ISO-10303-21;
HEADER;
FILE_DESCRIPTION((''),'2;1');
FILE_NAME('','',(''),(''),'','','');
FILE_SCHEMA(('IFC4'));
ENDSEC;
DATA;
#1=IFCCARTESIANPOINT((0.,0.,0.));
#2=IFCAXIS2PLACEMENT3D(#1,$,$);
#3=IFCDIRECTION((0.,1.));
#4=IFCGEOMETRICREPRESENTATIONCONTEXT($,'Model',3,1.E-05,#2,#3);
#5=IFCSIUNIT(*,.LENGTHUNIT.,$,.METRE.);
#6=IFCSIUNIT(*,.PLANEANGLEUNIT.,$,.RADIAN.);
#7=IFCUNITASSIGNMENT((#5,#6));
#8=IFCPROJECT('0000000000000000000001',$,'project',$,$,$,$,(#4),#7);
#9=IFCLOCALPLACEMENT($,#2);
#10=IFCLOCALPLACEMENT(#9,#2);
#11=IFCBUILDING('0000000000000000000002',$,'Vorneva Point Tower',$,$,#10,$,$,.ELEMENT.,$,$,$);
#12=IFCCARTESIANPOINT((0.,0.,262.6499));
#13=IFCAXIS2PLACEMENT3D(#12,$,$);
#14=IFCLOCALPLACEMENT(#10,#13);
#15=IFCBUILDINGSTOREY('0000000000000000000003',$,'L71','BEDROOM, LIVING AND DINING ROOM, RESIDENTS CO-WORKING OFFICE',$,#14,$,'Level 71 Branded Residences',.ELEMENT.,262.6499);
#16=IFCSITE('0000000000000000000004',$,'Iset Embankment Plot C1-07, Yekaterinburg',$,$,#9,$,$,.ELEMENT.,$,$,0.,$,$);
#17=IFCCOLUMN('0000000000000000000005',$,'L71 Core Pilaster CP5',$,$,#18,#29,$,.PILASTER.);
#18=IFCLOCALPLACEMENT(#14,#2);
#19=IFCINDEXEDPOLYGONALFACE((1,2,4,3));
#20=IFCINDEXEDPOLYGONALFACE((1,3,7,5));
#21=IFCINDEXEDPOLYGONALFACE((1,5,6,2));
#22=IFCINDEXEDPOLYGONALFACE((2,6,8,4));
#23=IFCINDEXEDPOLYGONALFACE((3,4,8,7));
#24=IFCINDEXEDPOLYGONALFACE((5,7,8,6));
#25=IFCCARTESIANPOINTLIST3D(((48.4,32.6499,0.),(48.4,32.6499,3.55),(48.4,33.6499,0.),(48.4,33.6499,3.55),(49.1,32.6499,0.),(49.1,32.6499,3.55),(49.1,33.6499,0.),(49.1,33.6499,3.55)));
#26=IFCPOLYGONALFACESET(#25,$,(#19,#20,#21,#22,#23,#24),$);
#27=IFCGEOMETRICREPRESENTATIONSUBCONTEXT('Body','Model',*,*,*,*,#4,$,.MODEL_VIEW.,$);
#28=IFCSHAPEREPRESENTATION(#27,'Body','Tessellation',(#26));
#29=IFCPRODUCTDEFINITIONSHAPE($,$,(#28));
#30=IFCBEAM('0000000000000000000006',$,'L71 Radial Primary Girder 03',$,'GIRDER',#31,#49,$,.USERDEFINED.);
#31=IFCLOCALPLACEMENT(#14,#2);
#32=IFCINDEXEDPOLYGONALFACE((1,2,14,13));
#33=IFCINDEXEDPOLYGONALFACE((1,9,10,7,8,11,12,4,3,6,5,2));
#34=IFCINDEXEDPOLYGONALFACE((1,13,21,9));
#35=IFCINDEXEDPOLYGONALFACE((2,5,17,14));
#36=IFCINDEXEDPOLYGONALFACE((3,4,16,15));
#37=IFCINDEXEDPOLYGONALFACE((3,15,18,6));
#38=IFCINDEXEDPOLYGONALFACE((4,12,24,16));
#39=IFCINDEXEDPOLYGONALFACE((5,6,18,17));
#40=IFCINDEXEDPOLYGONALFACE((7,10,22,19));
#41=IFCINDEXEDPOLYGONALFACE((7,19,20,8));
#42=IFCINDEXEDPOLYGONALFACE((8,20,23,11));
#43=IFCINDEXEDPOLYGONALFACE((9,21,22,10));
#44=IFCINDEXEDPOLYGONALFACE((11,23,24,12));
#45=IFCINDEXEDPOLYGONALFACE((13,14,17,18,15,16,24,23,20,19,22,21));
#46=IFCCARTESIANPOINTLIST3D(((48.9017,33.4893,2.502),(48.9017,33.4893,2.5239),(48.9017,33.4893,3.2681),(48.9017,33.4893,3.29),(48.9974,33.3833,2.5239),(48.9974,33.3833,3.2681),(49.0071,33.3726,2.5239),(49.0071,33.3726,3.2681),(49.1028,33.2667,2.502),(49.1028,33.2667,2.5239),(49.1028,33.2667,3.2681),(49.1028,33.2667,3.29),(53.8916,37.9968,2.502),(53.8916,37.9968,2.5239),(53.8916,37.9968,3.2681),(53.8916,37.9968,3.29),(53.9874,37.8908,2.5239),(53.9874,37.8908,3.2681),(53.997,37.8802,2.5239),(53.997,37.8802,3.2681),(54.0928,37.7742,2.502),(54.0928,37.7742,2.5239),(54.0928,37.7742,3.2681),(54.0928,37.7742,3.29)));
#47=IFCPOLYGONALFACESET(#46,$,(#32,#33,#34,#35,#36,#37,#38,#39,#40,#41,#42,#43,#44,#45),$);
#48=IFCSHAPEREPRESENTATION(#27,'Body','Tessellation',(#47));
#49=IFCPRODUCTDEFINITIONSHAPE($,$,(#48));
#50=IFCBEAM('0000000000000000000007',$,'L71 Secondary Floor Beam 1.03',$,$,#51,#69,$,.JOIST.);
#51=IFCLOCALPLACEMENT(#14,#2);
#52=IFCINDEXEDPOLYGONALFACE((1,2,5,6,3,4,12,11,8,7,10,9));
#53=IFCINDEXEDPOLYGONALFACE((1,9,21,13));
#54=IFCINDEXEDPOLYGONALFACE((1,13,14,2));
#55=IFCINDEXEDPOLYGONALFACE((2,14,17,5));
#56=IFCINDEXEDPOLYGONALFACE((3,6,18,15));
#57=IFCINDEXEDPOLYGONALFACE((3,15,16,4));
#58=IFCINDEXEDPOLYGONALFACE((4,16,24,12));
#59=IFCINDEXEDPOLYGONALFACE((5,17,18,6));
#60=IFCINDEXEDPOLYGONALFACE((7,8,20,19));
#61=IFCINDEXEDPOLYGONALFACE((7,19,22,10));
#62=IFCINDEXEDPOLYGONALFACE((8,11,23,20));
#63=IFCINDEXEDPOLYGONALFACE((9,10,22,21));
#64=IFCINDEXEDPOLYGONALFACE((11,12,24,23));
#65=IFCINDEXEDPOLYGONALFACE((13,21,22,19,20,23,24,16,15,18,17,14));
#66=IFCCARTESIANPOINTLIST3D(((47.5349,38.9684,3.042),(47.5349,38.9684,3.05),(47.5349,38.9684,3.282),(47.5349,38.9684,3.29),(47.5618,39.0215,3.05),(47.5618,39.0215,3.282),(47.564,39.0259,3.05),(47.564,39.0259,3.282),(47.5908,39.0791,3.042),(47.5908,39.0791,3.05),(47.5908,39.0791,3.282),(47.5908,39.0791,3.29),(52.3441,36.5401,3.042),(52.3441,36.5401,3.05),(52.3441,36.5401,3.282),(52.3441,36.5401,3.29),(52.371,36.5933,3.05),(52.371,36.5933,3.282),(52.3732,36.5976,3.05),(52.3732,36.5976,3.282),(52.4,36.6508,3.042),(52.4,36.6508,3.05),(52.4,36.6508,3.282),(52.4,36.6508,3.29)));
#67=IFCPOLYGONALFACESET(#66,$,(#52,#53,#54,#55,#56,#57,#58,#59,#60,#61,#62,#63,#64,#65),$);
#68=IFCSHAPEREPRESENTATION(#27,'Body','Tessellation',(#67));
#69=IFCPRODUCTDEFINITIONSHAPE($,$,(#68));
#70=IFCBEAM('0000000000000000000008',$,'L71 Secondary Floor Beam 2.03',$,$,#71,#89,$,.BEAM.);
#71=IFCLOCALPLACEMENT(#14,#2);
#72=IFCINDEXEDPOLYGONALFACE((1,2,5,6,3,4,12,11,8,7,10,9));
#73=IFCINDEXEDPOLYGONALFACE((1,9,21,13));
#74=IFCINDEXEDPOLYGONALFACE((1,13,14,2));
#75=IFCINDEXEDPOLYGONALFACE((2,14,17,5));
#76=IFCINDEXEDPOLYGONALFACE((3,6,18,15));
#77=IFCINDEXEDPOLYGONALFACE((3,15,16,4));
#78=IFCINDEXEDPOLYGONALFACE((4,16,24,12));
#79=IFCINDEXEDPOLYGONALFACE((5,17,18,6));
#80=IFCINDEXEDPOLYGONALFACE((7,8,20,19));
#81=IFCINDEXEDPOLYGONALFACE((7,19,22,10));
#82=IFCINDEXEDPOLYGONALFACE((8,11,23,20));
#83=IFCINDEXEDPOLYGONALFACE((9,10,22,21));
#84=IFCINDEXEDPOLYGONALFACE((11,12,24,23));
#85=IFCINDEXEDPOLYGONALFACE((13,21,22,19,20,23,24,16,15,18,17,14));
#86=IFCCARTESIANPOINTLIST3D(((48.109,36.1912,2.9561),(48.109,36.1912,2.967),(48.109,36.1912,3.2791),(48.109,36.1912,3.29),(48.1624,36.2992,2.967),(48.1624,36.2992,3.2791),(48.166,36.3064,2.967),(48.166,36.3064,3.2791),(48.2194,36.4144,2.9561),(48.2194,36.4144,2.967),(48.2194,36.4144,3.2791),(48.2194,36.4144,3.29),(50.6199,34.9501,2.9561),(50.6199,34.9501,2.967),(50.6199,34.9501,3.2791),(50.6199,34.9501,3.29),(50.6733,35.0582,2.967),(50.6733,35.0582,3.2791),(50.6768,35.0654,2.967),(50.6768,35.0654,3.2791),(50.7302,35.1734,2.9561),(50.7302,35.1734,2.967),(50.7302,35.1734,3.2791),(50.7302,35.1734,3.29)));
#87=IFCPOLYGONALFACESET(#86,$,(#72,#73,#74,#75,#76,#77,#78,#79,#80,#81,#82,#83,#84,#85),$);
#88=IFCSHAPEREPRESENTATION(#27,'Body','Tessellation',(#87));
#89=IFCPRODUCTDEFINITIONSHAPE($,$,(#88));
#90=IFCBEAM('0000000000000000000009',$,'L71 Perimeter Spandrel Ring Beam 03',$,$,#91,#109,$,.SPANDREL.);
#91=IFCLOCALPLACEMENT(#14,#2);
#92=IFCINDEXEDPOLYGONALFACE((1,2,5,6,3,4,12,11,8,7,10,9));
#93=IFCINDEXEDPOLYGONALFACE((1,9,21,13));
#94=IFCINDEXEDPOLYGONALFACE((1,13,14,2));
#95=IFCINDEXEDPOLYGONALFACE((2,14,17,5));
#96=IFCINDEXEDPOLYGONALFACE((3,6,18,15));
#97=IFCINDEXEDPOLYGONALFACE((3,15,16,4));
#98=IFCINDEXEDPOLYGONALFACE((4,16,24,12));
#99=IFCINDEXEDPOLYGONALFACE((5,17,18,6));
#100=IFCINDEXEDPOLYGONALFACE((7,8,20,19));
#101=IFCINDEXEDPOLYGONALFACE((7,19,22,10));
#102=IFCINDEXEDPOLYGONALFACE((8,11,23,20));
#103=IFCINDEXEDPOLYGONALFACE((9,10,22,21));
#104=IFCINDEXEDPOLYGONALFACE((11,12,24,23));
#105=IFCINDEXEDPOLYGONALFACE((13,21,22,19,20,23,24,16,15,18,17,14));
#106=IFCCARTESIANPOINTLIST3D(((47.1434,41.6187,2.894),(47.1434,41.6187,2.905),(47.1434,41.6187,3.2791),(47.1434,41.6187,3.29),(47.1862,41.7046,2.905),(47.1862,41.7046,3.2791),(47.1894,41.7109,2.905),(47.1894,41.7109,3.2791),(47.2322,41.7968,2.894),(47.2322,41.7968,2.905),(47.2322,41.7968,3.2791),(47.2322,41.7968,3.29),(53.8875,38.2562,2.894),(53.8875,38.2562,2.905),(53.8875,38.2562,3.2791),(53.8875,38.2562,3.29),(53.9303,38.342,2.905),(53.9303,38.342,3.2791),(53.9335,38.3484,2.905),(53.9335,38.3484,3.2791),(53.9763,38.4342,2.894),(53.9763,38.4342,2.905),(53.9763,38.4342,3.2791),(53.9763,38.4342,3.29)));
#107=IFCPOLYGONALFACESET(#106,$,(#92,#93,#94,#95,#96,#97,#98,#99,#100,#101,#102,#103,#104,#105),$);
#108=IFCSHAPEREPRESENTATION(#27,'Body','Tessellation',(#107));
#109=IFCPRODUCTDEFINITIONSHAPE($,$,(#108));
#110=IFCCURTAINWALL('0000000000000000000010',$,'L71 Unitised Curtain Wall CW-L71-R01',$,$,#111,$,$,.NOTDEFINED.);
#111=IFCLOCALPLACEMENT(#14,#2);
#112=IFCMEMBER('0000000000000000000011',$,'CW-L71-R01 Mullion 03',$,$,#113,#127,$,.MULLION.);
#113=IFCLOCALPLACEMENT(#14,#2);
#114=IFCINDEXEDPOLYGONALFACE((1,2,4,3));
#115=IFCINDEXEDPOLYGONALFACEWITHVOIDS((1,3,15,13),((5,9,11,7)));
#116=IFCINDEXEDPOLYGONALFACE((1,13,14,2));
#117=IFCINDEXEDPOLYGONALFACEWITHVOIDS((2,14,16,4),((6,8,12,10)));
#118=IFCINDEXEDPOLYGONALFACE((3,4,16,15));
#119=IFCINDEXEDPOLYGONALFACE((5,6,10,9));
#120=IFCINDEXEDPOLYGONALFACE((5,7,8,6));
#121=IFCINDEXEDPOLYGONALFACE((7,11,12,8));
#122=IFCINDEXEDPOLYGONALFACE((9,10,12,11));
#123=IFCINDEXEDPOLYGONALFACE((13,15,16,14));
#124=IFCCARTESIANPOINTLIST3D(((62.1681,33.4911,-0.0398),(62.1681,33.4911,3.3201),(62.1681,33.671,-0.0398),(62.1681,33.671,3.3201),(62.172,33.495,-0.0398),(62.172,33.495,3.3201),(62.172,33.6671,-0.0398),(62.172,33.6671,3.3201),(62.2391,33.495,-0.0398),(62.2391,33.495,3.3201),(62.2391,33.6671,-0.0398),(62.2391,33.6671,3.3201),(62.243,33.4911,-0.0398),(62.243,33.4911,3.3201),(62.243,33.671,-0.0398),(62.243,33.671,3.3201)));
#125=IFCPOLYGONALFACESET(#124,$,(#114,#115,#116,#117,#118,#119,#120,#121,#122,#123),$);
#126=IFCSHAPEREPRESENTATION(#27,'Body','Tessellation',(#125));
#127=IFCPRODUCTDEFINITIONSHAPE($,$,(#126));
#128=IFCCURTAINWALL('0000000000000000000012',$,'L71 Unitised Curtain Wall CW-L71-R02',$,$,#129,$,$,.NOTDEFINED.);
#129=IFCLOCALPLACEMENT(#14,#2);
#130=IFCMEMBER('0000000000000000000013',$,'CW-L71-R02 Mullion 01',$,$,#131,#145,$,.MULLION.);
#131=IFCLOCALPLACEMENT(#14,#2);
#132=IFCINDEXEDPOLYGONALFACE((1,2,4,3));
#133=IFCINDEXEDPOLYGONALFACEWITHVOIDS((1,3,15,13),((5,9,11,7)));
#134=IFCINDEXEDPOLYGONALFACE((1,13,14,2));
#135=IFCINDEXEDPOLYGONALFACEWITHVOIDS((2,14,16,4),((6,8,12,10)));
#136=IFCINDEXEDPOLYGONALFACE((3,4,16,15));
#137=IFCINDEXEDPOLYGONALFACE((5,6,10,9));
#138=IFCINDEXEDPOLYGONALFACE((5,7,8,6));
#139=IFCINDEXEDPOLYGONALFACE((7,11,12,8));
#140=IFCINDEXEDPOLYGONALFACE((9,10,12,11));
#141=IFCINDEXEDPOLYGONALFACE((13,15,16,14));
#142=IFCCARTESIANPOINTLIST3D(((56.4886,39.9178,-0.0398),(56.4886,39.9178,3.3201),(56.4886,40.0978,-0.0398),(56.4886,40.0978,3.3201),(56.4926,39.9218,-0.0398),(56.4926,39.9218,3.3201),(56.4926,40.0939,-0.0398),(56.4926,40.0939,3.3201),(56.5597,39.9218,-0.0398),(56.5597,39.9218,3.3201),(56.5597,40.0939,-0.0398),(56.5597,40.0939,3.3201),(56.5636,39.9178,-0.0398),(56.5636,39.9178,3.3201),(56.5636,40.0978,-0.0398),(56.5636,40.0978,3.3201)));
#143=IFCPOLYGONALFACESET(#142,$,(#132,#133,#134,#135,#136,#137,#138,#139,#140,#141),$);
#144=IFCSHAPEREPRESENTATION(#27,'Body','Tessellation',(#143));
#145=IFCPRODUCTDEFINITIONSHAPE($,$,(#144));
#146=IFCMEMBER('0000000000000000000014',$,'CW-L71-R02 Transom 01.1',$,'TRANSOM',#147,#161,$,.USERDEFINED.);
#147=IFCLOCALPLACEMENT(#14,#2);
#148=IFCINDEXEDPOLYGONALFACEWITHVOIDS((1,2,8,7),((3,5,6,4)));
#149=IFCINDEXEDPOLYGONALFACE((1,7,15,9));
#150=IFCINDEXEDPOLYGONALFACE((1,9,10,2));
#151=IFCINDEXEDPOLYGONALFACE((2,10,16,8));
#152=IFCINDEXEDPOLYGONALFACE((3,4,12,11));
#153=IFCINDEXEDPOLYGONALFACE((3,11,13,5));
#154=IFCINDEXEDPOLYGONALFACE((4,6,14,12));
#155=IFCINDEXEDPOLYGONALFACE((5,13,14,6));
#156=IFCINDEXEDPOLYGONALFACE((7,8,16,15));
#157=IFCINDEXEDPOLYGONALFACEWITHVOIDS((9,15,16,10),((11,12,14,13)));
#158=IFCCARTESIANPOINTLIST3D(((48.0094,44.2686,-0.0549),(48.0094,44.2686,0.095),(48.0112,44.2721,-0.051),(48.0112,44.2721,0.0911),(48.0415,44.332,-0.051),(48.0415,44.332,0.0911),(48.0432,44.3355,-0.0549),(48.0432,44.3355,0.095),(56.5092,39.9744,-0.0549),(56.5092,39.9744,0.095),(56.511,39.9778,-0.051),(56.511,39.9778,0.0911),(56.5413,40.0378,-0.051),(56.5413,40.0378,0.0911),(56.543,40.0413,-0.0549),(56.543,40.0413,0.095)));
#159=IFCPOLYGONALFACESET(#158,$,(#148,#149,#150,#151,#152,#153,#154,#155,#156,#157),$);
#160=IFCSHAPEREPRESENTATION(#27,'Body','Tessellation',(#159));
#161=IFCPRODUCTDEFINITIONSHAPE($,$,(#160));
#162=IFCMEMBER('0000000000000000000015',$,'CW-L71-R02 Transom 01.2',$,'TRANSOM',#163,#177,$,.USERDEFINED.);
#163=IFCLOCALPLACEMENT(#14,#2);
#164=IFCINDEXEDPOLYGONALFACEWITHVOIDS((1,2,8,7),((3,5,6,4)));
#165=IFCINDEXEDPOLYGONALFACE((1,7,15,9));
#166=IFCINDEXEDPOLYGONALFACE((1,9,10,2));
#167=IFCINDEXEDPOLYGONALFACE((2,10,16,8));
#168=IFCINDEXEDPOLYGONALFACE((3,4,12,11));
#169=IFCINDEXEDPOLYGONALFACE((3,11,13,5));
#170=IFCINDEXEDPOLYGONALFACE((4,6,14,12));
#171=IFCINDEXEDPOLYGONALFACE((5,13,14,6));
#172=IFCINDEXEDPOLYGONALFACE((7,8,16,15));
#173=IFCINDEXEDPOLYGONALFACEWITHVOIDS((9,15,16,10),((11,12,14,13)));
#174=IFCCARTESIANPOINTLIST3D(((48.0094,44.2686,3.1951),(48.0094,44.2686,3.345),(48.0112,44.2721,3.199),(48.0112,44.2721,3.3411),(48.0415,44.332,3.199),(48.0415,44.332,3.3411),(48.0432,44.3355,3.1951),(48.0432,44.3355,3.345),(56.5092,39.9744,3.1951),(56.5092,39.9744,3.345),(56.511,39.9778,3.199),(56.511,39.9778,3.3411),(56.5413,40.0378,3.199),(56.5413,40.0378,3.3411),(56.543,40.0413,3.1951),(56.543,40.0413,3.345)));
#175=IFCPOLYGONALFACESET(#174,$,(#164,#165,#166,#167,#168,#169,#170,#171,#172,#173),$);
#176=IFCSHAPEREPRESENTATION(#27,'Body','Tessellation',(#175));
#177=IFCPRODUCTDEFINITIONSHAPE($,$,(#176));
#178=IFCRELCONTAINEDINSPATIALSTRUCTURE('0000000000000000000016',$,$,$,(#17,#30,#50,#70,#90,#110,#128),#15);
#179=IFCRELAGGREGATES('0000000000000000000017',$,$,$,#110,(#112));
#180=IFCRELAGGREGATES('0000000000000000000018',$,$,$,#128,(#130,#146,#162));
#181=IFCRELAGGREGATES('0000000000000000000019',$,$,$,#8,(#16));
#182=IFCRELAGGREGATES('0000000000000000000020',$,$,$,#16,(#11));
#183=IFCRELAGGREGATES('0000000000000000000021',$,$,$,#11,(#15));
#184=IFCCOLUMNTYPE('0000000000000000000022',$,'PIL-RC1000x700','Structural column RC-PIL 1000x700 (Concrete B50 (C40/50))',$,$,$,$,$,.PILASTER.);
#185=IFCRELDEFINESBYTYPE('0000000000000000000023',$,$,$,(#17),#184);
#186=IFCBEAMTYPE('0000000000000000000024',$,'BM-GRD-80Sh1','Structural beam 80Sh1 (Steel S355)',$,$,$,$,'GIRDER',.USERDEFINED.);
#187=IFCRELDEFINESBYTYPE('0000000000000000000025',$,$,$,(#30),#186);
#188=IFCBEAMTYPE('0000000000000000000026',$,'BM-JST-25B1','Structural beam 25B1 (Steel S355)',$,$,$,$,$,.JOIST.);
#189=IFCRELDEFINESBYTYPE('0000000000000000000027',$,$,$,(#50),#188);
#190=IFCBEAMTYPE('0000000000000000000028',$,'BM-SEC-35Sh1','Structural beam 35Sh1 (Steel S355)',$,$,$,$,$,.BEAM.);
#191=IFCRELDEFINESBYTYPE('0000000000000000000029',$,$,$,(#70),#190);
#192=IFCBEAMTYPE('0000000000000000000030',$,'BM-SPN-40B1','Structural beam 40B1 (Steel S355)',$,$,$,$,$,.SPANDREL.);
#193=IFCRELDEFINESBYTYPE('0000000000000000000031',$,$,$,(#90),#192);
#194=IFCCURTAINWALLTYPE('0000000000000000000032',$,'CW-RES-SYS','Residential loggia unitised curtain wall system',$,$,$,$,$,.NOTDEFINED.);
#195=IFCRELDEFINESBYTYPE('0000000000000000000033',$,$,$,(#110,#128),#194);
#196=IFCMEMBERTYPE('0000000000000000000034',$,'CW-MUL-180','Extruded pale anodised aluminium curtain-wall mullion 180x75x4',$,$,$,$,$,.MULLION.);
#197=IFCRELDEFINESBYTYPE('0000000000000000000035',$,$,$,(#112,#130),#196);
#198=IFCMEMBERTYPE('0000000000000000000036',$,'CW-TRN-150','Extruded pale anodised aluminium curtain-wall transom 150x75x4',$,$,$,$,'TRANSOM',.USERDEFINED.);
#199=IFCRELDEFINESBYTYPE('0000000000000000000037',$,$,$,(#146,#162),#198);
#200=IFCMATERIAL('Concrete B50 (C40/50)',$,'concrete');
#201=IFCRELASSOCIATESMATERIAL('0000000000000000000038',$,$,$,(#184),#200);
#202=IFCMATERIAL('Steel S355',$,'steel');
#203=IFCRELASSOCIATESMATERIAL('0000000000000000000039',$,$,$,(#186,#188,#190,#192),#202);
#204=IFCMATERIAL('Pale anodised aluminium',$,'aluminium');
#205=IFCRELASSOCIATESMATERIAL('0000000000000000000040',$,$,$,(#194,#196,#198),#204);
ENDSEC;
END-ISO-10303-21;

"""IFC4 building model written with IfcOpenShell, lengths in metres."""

from ifc_helpers import new_model, si_unit, direction, frame, origin, origin_2d, place, context, subcontext, project, spatial, rectangle, hollow_rectangle, i_section, extrude, material, material_profile, profile_set, type_object, element, aggregate, save


model = new_model("IFC4")

# Units and contexts
model_context = context("Model", 3, precision=1e-05, world=origin(), true_north=direction((0.0, 1.0)))
body_context = subcontext(model_context, "Body", "Model", "MODEL_VIEW")
ifc_project = project(units=[si_unit("LENGTHUNIT", "METRE"), si_unit("PLANEANGLEUNIT", "RADIAN")], contexts=[model_context])

# Site, building, storey
site_placement = place(None, origin())
site = spatial("IfcSite", under=ifc_project, at=site_placement, Name="Iset Embankment Plot C1-07, Yekaterinburg", CompositionType="ELEMENT", RefElevation=0.0)
building_placement = place(site_placement, origin())
building = spatial("IfcBuilding", under=site, at=building_placement, Name="Vorneva Point Tower", CompositionType="ELEMENT")
storey_placement = place(building_placement, frame((0.0, 0.0, 262.6499)))
storey = spatial("IfcBuildingStorey", under=building, at=storey_placement, Name="L71", Description="BEDROOM, LIVING AND DINING ROOM, RESIDENTS CO-WORKING OFFICE", LongName="Level 71 Branded Residences", CompositionType="ELEMENT", Elevation=262.6499)

# Column
ifc_material_1 = material(Name="Concrete B50 (C40/50)", Category="concrete")
ifc_material_profile_1 = material_profile(ifc_material_1, rectangle(XDim=0.7, YDim=1.0, at=origin_2d()), Name="RC-PIL 1000x700")
ifc_profile_set_1 = profile_set([ifc_material_profile_1], Name="Concrete B50 (C40/50)")
column_type_1 = type_object("IfcColumnType", Name="PIL-RC1000x700", Description="Structural column RC-PIL 1000x700 (Concrete B50 (C40/50))", PredefinedType="PILASTER", material=ifc_profile_set_1)
column_1_placement = place(storey_placement, frame((48.75, 33.1499, 0.0), z_axis=(0.0, 0.0, 1.0), x_axis=(1.0, 0.0, 0.0)))
element("IfcColumn", 1, at=column_1_placement, inside=storey, type_object=column_type_1, Name="L71 Core Pilaster CP5", PredefinedType="PILASTER", context=body_context, shape_type="SweptSolid", body=[
    extrude(rectangle(XDim=0.7, YDim=1.0, at=origin_2d()), origin(), (0.0, 0.0, 1.0), 3.55),
])

# Beams
ifc_material_2 = material(Name="Steel S355", Category="steel")
ifc_material_profile_2 = material_profile(ifc_material_2, i_section(OverallWidth=0.3, OverallDepth=0.7881, WebThickness=0.0144, FlangeThickness=0.022, at=origin_2d()), Name="80Sh1")
ifc_profile_set_2 = profile_set([ifc_material_profile_2], Name="Steel S355")
beam_type_1 = type_object("IfcBeamType", Name="BM-GRD-80Sh1", Description="Structural beam 80Sh1 (Steel S355)", ElementType="GIRDER", PredefinedType="USERDEFINED", material=ifc_profile_set_2)
beam_1_placement = place(storey_placement, frame((53.9922, 37.8855, 2.896), z_axis=(-0.742067, -0.670326, 0.0), x_axis=(0.670326, -0.742067, 0.0)))
element("IfcBeam", 2, at=beam_1_placement, inside=storey, type_object=beam_type_1, Name="L71 Radial Primary Girder 03", ObjectType="GIRDER", PredefinedType="USERDEFINED", context=body_context, shape_type="SweptSolid", body=[
    extrude(i_section(OverallWidth=0.3, OverallDepth=0.7881, WebThickness=0.0144, FlangeThickness=0.022, at=origin_2d()), origin(), (0.0, 0.0, 1.0), 6.7244),
])
ifc_material_profile_3 = material_profile(ifc_material_2, i_section(OverallWidth=0.124, OverallDepth=0.248, WebThickness=0.0049, FlangeThickness=0.0081, at=origin_2d()), Name="25B1")
ifc_profile_set_3 = profile_set([ifc_material_profile_3], Name="Steel S355")
beam_type_2 = type_object("IfcBeamType", Name="BM-JST-25B1", Description="Structural beam 25B1 (Steel S355)", PredefinedType="JOIST", material=ifc_profile_set_3)
beam_2_placement = place(storey_placement, frame((52.3721, 36.5955, 3.166), z_axis=(-0.892662, 0.450727, 0.0), x_axis=(-0.450727, -0.892662, 0.0)))
element("IfcBeam", 3, at=beam_2_placement, inside=storey, type_object=beam_type_2, Name="L71 Secondary Floor Beam 1.03", PredefinedType="JOIST", context=body_context, shape_type="SweptSolid", body=[
    extrude(i_section(OverallWidth=0.124, OverallDepth=0.248, WebThickness=0.0049, FlangeThickness=0.0081, at=origin_2d()), origin(), (0.0, 0.0, 1.0), 5.3875),
])
ifc_material_profile_4 = material_profile(ifc_material_2, i_section(OverallWidth=0.249, OverallDepth=0.334, WebThickness=0.0081, FlangeThickness=0.011, at=origin_2d()), Name="35Sh1")
ifc_profile_set_4 = profile_set([ifc_material_profile_4], Name="Steel S355")
beam_type_3 = type_object("IfcBeamType", Name="BM-SEC-35Sh1", Description="Structural beam 35Sh1 (Steel S355)", PredefinedType="BEAM", material=ifc_profile_set_4)
beam_3_placement = place(storey_placement, frame((50.675, 35.0618, 3.123), z_axis=(-0.896475, 0.443094, 0.0), x_axis=(-0.443094, -0.896475, 0.0)))
element("IfcBeam", 4, at=beam_3_placement, inside=storey, type_object=beam_type_3, Name="L71 Secondary Floor Beam 2.03", PredefinedType="BEAM", context=body_context, shape_type="SweptSolid", body=[
    extrude(i_section(OverallWidth=0.249, OverallDepth=0.334, WebThickness=0.0081, FlangeThickness=0.011, at=origin_2d()), origin(), (0.0, 0.0, 1.0), 2.8008),
])
ifc_material_profile_5 = material_profile(ifc_material_2, i_section(OverallWidth=0.199, OverallDepth=0.396, WebThickness=0.0071, FlangeThickness=0.011, at=origin_2d()), Name="40B1")
ifc_profile_set_5 = profile_set([ifc_material_profile_5], Name="Steel S355")
beam_type_4 = type_object("IfcBeamType", Name="BM-SPN-40B1", Description="Structural beam 40B1 (Steel S355)", PredefinedType="SPANDREL", material=ifc_profile_set_5)
beam_4_placement = place(storey_placement, frame((53.9319, 38.3452, 3.092), z_axis=(-0.894932, 0.446203, 0.0), x_axis=(-0.446203, -0.894932, 0.0)))
element("IfcBeam", 5, at=beam_4_placement, inside=storey, type_object=beam_type_4, Name="L71 Perimeter Spandrel Ring Beam 03", PredefinedType="SPANDREL", context=body_context, shape_type="SweptSolid", body=[
    extrude(i_section(OverallWidth=0.199, OverallDepth=0.396, WebThickness=0.0071, FlangeThickness=0.011, at=origin_2d()), origin(), (0.0, 0.0, 1.0), 7.5359),
])

# Curtain wall, member
ifc_material_3 = material(Name="Pale anodised aluminium", Category="aluminium")
curtain_wall_type = type_object("IfcCurtainWallType", Name="CW-RES-SYS", Description="Residential loggia unitised curtain wall system", PredefinedType="NOTDEFINED", material=ifc_material_3)
curtain_wall_1_placement = place(storey_placement, origin())
curtain_wall_1 = element("IfcCurtainWall", 6, at=curtain_wall_1_placement, inside=storey, type_object=curtain_wall_type, Name="L71 Unitised Curtain Wall CW-L71-R01", PredefinedType="NOTDEFINED")
ifc_material_profile_6 = material_profile(ifc_material_3, hollow_rectangle(XDim=0.075, YDim=0.1799, WallThickness=0.0039, at=origin_2d()), Name="AL-MUL 180x75x4")
ifc_profile_set_6 = profile_set([ifc_material_profile_6], Name="Pale anodised aluminium")
member_type_1 = type_object("IfcMemberType", Name="CW-MUL-180", Description="Extruded pale anodised aluminium curtain-wall mullion 180x75x4", PredefinedType="MULLION", material=ifc_profile_set_6)
member_1_placement = place(storey_placement, frame((62.2056, 33.5811, -0.0398), z_axis=(0.0, 0.0, 1.0), x_axis=(1.0, 0.0, 0.0)))
member_1 = element("IfcMember", 7, at=member_1_placement, type_object=member_type_1, Name="CW-L71-R01 Mullion 03", PredefinedType="MULLION", context=body_context, shape_type="SweptSolid", body=[
    extrude(hollow_rectangle(XDim=0.075, YDim=0.1799, WallThickness=0.0039, at=origin_2d()), origin(), (0.0, 0.0, 1.0), 3.3599),
])
aggregate(curtain_wall_1, [member_1])

# Curtain wall, members
curtain_wall_2_placement = place(storey_placement, origin())
curtain_wall_2 = element("IfcCurtainWall", 8, at=curtain_wall_2_placement, inside=storey, type_object=curtain_wall_type, Name="L71 Unitised Curtain Wall CW-L71-R02", PredefinedType="NOTDEFINED")
member_2_placement = place(storey_placement, frame((56.5261, 40.0078, -0.0398), z_axis=(0.0, 0.0, 1.0), x_axis=(1.0, 0.0, 0.0)))
member_2 = element("IfcMember", 9, at=member_2_placement, type_object=member_type_1, Name="CW-L71-R02 Mullion 01", PredefinedType="MULLION", context=body_context, shape_type="SweptSolid", body=[
    extrude(hollow_rectangle(XDim=0.075, YDim=0.1799, WallThickness=0.0039, at=origin_2d()), origin(), (0.0, 0.0, 1.0), 3.3599),
])
ifc_material_profile_7 = material_profile(ifc_material_3, hollow_rectangle(XDim=0.075, YDim=0.1499, WallThickness=0.0039, at=origin_2d()), Name="AL-TRN 150x75x4")
ifc_profile_set_7 = profile_set([ifc_material_profile_7], Name="Pale anodised aluminium")
member_type_2 = type_object("IfcMemberType", Name="CW-TRN-150", Description="Extruded pale anodised aluminium curtain-wall transom 150x75x4", ElementType="TRANSOM", PredefinedType="USERDEFINED", material=ifc_profile_set_7)
member_3_placement = place(storey_placement, frame((56.5261, 40.0078, 0.02), z_axis=(-0.892558, 0.450932, 0.0), x_axis=(-0.450932, -0.892558, 0.0)))
member_3 = element("IfcMember", 10, at=member_3_placement, type_object=member_type_2, Name="CW-L71-R02 Transom 01.1", ObjectType="TRANSOM", PredefinedType="USERDEFINED", context=body_context, shape_type="SweptSolid", body=[
    extrude(hollow_rectangle(XDim=0.075, YDim=0.1499, WallThickness=0.0039, at=origin_2d()), origin(), (0.0, 0.0, 1.0), 9.5229),
])
member_4_placement = place(storey_placement, frame((56.5261, 40.0078, 3.27), z_axis=(-0.892558, 0.450932, 0.0), x_axis=(-0.450932, -0.892558, 0.0)))
member_4 = element("IfcMember", 11, at=member_4_placement, type_object=member_type_2, Name="CW-L71-R02 Transom 01.2", ObjectType="TRANSOM", PredefinedType="USERDEFINED", context=body_context, shape_type="SweptSolid", body=[
    extrude(hollow_rectangle(XDim=0.075, YDim=0.1499, WallThickness=0.0039, at=origin_2d()), origin(), (0.0, 0.0, 1.0), 9.5229),
])
aggregate(curtain_wall_2, [member_2, member_3, member_4])

save(model, "model.ifc")
